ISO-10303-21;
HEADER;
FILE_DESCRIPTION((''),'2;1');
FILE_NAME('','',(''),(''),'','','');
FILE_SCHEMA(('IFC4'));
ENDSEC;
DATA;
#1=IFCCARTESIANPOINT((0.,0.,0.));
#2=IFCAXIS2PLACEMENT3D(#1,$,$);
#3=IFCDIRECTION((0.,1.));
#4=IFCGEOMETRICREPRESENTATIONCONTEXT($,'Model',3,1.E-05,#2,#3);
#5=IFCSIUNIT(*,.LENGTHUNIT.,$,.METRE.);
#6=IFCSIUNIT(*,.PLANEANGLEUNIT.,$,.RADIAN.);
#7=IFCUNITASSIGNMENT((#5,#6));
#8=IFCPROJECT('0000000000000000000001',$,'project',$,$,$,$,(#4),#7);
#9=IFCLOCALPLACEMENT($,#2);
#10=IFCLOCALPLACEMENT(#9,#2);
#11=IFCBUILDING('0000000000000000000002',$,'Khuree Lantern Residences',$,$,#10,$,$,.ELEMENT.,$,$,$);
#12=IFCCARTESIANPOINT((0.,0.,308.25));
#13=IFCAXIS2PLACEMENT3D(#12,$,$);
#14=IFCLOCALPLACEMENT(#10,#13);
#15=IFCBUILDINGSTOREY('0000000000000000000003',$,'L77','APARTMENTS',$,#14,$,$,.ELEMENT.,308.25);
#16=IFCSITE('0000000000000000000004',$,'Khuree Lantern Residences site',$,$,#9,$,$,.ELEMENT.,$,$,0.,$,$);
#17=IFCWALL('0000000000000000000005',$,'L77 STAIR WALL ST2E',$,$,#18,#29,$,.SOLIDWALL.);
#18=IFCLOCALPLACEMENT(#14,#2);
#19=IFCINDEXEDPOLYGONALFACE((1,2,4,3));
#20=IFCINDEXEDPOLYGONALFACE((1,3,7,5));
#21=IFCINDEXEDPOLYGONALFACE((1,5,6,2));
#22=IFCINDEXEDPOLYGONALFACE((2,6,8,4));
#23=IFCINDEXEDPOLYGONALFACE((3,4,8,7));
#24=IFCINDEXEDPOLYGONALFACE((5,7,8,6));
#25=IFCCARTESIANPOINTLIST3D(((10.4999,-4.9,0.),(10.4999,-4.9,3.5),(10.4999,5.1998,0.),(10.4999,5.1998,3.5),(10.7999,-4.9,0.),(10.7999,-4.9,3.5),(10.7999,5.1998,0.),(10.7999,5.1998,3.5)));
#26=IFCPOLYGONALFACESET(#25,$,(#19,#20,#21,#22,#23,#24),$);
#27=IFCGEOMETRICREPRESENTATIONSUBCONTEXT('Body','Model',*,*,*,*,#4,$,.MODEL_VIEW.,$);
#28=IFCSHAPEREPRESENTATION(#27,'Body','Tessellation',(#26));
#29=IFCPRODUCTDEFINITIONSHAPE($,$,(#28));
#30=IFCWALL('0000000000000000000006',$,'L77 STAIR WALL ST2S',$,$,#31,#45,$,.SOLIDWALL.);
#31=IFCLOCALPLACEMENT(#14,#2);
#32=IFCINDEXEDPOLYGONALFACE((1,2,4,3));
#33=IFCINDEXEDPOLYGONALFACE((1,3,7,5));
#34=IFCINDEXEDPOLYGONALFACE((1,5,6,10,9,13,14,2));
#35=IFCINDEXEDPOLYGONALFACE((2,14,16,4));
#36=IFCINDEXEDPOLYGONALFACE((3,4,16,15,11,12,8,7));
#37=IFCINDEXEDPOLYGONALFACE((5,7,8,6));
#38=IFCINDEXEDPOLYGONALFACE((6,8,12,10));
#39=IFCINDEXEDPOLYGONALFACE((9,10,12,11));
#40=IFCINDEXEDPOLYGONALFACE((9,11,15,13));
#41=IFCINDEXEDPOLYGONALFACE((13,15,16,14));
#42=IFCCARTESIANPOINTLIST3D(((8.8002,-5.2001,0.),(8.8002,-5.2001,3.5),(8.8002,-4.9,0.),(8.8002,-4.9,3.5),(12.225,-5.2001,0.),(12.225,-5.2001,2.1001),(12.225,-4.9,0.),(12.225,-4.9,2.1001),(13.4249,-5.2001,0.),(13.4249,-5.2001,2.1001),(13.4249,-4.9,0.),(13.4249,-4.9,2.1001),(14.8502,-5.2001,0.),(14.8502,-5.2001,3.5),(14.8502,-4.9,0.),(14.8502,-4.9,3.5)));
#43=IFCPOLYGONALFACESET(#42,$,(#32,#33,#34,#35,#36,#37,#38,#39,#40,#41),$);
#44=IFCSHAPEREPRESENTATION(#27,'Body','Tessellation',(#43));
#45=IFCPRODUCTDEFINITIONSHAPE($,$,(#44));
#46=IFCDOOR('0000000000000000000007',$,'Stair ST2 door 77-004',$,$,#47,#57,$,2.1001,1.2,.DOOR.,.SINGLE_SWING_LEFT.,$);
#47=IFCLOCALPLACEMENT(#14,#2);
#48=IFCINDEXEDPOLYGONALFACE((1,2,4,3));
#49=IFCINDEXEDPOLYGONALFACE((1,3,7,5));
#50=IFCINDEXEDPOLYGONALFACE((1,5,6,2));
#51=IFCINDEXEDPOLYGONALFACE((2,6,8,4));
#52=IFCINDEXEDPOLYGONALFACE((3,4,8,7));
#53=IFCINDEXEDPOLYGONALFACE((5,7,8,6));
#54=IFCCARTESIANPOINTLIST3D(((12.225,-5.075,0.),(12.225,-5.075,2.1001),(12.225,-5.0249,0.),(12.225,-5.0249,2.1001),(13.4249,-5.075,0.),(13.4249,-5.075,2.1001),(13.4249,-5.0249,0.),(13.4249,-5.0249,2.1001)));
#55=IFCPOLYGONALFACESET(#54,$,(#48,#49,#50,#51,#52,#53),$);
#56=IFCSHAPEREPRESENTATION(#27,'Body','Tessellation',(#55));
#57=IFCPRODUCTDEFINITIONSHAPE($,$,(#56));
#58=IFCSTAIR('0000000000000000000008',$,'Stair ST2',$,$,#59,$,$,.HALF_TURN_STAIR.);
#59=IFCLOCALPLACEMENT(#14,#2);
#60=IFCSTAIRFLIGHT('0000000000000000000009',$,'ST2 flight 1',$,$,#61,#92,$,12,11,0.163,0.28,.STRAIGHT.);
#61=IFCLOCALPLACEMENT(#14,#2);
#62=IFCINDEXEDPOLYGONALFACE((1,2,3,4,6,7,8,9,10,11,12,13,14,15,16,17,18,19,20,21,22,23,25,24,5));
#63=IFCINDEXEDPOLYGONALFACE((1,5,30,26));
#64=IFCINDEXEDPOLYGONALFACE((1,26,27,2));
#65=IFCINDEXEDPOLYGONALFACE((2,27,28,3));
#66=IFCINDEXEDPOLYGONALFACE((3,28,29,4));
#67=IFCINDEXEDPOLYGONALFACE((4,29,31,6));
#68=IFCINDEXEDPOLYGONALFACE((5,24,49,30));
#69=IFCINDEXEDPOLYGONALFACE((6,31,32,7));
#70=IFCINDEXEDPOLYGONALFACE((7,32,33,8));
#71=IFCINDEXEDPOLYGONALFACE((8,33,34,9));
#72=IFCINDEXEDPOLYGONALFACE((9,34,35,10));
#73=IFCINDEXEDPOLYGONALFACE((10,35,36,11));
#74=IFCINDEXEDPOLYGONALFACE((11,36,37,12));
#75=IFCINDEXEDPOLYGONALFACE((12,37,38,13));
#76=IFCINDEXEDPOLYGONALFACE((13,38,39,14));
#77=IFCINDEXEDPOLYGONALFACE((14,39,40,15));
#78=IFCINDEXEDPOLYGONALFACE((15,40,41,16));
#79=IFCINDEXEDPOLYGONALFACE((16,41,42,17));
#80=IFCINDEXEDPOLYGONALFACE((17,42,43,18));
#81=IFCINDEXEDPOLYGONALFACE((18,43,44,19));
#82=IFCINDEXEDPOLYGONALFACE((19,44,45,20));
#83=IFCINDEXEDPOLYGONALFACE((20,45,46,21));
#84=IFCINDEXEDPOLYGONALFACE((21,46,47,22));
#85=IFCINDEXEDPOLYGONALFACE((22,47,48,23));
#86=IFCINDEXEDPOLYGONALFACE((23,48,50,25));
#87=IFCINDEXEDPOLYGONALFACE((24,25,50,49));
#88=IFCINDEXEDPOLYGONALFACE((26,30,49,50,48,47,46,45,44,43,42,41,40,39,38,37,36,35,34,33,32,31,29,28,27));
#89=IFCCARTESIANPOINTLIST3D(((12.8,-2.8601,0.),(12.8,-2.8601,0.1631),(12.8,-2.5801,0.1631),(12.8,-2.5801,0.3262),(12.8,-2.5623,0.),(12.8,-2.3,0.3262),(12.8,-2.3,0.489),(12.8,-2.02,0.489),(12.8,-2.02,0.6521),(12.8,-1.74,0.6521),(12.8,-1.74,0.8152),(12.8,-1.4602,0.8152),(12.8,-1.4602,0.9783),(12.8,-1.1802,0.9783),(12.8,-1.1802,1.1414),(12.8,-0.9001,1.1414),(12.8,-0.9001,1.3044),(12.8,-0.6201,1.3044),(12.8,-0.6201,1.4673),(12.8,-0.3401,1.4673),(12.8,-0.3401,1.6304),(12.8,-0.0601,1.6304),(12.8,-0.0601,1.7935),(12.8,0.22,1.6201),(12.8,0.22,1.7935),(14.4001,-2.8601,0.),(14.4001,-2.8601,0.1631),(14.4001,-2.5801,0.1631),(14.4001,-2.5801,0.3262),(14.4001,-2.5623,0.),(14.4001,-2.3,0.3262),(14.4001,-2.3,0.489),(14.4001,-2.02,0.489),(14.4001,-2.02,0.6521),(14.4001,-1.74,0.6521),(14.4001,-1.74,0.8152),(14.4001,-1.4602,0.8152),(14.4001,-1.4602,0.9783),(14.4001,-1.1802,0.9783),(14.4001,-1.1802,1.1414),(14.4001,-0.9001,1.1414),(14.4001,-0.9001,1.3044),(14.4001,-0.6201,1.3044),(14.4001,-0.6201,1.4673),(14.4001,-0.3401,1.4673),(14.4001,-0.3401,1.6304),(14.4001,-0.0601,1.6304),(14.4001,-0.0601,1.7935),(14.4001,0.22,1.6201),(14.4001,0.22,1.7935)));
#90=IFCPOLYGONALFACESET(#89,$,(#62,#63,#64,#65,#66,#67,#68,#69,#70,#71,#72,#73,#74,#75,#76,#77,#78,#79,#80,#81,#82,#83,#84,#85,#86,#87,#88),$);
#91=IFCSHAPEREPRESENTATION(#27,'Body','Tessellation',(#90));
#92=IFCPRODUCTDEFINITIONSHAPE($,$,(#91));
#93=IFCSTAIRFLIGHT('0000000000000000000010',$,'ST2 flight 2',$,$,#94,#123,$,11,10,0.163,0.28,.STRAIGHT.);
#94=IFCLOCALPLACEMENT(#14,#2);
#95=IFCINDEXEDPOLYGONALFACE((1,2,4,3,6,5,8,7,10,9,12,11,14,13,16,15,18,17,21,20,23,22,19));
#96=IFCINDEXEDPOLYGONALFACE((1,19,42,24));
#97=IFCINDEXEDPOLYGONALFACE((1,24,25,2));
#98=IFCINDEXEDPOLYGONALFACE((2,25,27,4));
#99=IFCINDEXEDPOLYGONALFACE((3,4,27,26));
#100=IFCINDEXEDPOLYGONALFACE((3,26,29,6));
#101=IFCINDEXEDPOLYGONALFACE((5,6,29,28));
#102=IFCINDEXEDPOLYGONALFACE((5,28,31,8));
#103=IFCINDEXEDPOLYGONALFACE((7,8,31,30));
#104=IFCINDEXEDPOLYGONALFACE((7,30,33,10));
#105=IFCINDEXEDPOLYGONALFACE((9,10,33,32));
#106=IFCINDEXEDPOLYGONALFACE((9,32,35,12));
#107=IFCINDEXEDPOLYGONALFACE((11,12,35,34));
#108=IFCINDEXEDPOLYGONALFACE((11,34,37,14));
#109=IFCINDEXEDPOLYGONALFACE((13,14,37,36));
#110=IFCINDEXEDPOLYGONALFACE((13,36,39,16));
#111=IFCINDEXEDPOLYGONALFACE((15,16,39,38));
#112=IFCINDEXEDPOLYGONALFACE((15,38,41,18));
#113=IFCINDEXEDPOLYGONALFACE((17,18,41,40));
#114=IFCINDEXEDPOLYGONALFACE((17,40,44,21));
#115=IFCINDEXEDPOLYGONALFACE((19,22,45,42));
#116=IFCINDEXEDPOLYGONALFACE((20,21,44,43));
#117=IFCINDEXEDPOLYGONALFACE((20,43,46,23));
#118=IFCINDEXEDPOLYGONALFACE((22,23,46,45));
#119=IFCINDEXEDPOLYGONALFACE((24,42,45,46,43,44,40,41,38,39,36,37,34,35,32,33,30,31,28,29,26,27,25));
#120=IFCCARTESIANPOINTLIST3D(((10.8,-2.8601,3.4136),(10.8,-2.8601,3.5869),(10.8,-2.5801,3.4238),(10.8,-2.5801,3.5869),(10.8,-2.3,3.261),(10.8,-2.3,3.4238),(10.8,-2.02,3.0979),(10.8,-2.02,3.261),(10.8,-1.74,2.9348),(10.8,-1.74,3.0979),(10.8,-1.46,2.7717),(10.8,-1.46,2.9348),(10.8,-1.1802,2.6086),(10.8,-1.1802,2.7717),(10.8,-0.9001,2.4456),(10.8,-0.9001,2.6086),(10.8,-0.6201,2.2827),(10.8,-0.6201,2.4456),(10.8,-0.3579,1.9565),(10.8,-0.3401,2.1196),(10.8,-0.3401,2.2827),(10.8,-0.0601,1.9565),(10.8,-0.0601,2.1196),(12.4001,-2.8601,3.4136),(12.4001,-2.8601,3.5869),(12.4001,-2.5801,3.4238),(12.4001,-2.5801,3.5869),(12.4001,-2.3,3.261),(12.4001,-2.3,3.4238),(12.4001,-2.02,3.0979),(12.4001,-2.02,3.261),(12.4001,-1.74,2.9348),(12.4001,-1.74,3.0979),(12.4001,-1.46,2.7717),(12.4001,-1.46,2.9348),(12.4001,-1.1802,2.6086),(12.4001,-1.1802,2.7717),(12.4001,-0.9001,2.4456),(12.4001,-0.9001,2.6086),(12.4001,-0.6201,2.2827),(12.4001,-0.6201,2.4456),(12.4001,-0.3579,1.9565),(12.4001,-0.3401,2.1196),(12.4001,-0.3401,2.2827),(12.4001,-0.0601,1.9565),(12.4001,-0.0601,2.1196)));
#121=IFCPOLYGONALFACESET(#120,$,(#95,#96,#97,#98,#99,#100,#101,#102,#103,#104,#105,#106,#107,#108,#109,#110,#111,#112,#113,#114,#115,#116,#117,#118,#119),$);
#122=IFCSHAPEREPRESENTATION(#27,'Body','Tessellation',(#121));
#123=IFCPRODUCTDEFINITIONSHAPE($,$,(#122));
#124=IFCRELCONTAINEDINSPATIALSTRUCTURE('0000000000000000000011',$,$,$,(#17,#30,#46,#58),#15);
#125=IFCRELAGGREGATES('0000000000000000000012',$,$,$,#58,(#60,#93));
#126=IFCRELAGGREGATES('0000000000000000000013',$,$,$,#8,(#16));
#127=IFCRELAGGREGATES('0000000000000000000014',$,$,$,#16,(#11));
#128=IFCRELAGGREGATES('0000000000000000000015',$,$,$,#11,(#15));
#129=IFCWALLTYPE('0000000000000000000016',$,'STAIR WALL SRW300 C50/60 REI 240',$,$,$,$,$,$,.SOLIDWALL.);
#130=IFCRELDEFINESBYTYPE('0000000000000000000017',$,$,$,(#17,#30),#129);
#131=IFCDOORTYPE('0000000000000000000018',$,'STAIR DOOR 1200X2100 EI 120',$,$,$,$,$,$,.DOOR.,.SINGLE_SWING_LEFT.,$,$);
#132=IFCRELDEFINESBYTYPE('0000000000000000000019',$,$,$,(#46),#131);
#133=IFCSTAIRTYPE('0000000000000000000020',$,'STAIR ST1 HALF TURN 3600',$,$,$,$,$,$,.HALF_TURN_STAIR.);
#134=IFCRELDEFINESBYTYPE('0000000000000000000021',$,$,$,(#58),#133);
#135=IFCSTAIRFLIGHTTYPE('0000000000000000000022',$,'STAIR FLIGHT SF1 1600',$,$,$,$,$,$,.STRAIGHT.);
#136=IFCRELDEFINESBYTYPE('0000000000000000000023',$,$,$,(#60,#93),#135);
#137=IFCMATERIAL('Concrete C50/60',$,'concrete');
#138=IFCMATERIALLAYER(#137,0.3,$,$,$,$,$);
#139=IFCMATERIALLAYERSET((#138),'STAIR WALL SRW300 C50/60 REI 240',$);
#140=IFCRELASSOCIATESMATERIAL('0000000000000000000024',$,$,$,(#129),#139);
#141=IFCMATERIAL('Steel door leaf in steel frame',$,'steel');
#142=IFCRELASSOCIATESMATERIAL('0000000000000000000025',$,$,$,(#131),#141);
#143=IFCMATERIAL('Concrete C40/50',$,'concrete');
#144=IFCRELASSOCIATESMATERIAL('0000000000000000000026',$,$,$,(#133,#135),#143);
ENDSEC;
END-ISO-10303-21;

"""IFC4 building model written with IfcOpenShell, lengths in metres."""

from ifc_helpers import new_model, si_unit, direction, frame, frame_2d, origin, place, context, subcontext, project, spatial, polyline, rectangle, outline, extrude, material, layer, layer_set, type_object, element, fill, aggregate, save


model = new_model("IFC4")

# Units and contexts
model_context = context("Model", 3, precision=1e-05, world=origin(), true_north=direction((0.0, 1.0)))
body_context = subcontext(model_context, "Body", "Model", "MODEL_VIEW")
ifc_project = project(units=[si_unit("LENGTHUNIT", "METRE"), si_unit("PLANEANGLEUNIT", "RADIAN")], contexts=[model_context])

# Site, building, storey
site_placement = place(None, origin())
site = spatial("IfcSite", under=ifc_project, at=site_placement, Name="Khuree Lantern Residences site", CompositionType="ELEMENT", RefElevation=0.0)
building_placement = place(site_placement, origin())
building = spatial("IfcBuilding", under=site, at=building_placement, Name="Khuree Lantern Residences", CompositionType="ELEMENT")
storey_placement = place(building_placement, frame((0.0, 0.0, 308.25)))
storey = spatial("IfcBuildingStorey", under=building, at=storey_placement, Name="L77", Description="APARTMENTS", CompositionType="ELEMENT", Elevation=308.25)

# Wall
ifc_material_1 = material(Name="Concrete C50/60", Category="concrete")
ifc_layer_1 = layer(ifc_material_1, 0.3)
ifc_layer_set_1 = layer_set([ifc_layer_1], Name="STAIR WALL SRW300 C50/60 REI 240")
wall_type_1 = type_object("IfcWallType", Name="STAIR WALL SRW300 C50/60 REI 240", PredefinedType="SOLIDWALL", material=ifc_layer_set_1)
wall_1_placement = place(storey_placement, frame((10.6499, -4.8999, 0.0), z_axis=(0.0, 0.0, 1.0), x_axis=(0.0, 1.0, 0.0)))
element("IfcWall", 1, at=wall_1_placement, inside=storey, type_object=wall_type_1, Name="L77 STAIR WALL ST2E", PredefinedType="SOLIDWALL", context=body_context, shape_type="SweptSolid", body=[
    extrude(rectangle(XDim=10.0999, YDim=0.3, at=frame_2d((5.0498, 0.0))), origin(), (0.0, 0.0, 1.0), 3.5),
])

# Wall, opening, door
wall_2_placement = place(storey_placement, frame((14.8501, -5.05, 0.0), z_axis=(0.0, 0.0, 1.0), x_axis=(-1.0, 0.0, 0.0)))
wall_2 = element("IfcWall", 2, at=wall_2_placement, inside=storey, type_object=wall_type_1, Name="L77 STAIR WALL ST2S", PredefinedType="SOLIDWALL", context=body_context, shape_type="SweptSolid", body=[
    extrude(rectangle(XDim=6.05, YDim=0.3, at=frame_2d((3.0249, 0.0))), origin(), (0.0, 0.0, 1.0), 3.5),
])
opening_1_placement = place(wall_2_placement, frame((1.425, 0.0, 0.0)))
opening_1 = element("IfcOpeningElement", 3, at=opening_1_placement, cuts=wall_2, PredefinedType="OPENING", context=body_context, shape_type="SweptSolid", body=[
    extrude(rectangle(XDim=1.2, YDim=2.1001, at=frame_2d((0.6001, 1.05))), frame((0.0, 0.1602, 0.0), z_axis=(0.0, -1.0, 0.0), x_axis=(1.0, 0.0, 0.0)), (0.0, 0.0, 1.0), 0.3201),
])
ifc_material_2 = material(Name="Steel door leaf in steel frame", Category="steel")
door_type_1 = type_object("IfcDoorType", Name="STAIR DOOR 1200X2100 EI 120", OperationType="SINGLE_SWING_LEFT", PredefinedType="DOOR", material=ifc_material_2)
door_1_placement = place(opening_1_placement, origin())
door_1 = element("IfcDoor", 4, at=door_1_placement, inside=storey, type_object=door_type_1, Name="Stair ST2 door 77-004", OperationType="SINGLE_SWING_LEFT", OverallHeight=2.1001, OverallWidth=1.2, PredefinedType="DOOR", context=body_context, shape_type="SweptSolid", body=[
    extrude(rectangle(XDim=1.2, YDim=2.1001, at=frame_2d((0.6001, 1.05))), frame((0.0, 0.0249, 0.0), z_axis=(0.0, -1.0, 0.0), x_axis=(1.0, 0.0, 0.0)), (0.0, 0.0, 1.0), 0.05),
])
fill(opening_1, door_1)

# Stair, stair flights
ifc_material_3 = material(Name="Concrete C40/50", Category="concrete")
stair_type = type_object("IfcStairType", Name="STAIR ST1 HALF TURN 3600", PredefinedType="HALF_TURN_STAIR", material=ifc_material_3)
stair_placement = place(storey_placement, origin())
stair = element("IfcStair", 5, at=stair_placement, inside=storey, type_object=stair_type, Name="Stair ST2", PredefinedType="HALF_TURN_STAIR")
stair_flight_type = type_object("IfcStairFlightType", Name="STAIR FLIGHT SF1 1600", PredefinedType="STRAIGHT", material=ifc_material_3)
stair_flight_1_placement = place(storey_placement, frame((13.6001, -2.8601, 0.0), z_axis=(0.0, 0.0, 1.0), x_axis=(0.0, 1.0, 0.0)))
stair_flight_1 = element("IfcStairFlight", 6, at=stair_flight_1_placement, type_object=stair_flight_type, Name="ST2 flight 1", NumberOfRisers=12, NumberOfTreads=11, PredefinedType="STRAIGHT", RiserHeight=0.163, TreadLength=0.28, context=body_context, shape_type="SweptSolid", body=[
    extrude(outline(polyline([(0.0, 0.0), (0.0, 0.1631), (0.28, 0.1631), (0.28, 0.3262), (0.5601, 0.3262), (0.5601, 0.489), (0.8401, 0.489), (0.8401, 0.6521), (1.1201, 0.6521), (1.1201, 0.8152), (1.3999, 0.8152), (1.3999, 0.9783), (1.6799, 0.9783), (1.6799, 1.1414), (1.96, 1.1414), (1.96, 1.3044), (2.24, 1.3044), (2.24, 1.4673), (2.52, 1.4673), (2.52, 1.6304), (2.8, 1.6304), (2.8, 1.7935), (3.0801, 1.7935), (3.0801, 1.9565), (3.0801, 1.6201), (0.2979, 0.0), (0.0, 0.0)])), frame((0.0, 0.8, 0.0), z_axis=(0.0, -1.0, 0.0), x_axis=(1.0, 0.0, 0.0)), (0.0, 0.0, 1.0), 1.6001),
])
stair_flight_2_placement = place(storey_placement, frame((11.6001, -0.0601, 1.9565), z_axis=(0.0, 0.0, 1.0), x_axis=(0.0, -1.0, 0.0)))
stair_flight_2 = element("IfcStairFlight", 7, at=stair_flight_2_placement, type_object=stair_flight_type, Name="ST2 flight 2", NumberOfRisers=11, NumberOfTreads=10, PredefinedType="STRAIGHT", RiserHeight=0.163, TreadLength=0.28, context=body_context, shape_type="SweptSolid", body=[
    extrude(outline(polyline([(0.0, 0.0), (0.0, 0.1631), (0.28, 0.1631), (0.28, 0.3262), (0.5601, 0.3262), (0.5601, 0.489), (0.8401, 0.489), (0.8401, 0.6521), (1.1201, 0.6521), (1.1201, 0.8152), (1.3999, 0.8152), (1.3999, 0.9783), (1.6799, 0.9783), (1.6799, 1.1414), (1.96, 1.1414), (1.96, 1.3044), (2.24, 1.3044), (2.24, 1.4673), (2.52, 1.4673), (2.52, 1.6304), (2.8, 1.6304), (2.8, 1.7935), (2.8, 1.457), (0.2979, 0.0), (0.0, 0.0)])), frame((0.0, 0.8, 0.0), z_axis=(0.0, -1.0, 0.0), x_axis=(1.0, 0.0, 0.0)), (0.0, 0.0, 1.0), 1.6001),
])
aggregate(stair, [stair_flight_1, stair_flight_2])

save(model, "model.ifc")
